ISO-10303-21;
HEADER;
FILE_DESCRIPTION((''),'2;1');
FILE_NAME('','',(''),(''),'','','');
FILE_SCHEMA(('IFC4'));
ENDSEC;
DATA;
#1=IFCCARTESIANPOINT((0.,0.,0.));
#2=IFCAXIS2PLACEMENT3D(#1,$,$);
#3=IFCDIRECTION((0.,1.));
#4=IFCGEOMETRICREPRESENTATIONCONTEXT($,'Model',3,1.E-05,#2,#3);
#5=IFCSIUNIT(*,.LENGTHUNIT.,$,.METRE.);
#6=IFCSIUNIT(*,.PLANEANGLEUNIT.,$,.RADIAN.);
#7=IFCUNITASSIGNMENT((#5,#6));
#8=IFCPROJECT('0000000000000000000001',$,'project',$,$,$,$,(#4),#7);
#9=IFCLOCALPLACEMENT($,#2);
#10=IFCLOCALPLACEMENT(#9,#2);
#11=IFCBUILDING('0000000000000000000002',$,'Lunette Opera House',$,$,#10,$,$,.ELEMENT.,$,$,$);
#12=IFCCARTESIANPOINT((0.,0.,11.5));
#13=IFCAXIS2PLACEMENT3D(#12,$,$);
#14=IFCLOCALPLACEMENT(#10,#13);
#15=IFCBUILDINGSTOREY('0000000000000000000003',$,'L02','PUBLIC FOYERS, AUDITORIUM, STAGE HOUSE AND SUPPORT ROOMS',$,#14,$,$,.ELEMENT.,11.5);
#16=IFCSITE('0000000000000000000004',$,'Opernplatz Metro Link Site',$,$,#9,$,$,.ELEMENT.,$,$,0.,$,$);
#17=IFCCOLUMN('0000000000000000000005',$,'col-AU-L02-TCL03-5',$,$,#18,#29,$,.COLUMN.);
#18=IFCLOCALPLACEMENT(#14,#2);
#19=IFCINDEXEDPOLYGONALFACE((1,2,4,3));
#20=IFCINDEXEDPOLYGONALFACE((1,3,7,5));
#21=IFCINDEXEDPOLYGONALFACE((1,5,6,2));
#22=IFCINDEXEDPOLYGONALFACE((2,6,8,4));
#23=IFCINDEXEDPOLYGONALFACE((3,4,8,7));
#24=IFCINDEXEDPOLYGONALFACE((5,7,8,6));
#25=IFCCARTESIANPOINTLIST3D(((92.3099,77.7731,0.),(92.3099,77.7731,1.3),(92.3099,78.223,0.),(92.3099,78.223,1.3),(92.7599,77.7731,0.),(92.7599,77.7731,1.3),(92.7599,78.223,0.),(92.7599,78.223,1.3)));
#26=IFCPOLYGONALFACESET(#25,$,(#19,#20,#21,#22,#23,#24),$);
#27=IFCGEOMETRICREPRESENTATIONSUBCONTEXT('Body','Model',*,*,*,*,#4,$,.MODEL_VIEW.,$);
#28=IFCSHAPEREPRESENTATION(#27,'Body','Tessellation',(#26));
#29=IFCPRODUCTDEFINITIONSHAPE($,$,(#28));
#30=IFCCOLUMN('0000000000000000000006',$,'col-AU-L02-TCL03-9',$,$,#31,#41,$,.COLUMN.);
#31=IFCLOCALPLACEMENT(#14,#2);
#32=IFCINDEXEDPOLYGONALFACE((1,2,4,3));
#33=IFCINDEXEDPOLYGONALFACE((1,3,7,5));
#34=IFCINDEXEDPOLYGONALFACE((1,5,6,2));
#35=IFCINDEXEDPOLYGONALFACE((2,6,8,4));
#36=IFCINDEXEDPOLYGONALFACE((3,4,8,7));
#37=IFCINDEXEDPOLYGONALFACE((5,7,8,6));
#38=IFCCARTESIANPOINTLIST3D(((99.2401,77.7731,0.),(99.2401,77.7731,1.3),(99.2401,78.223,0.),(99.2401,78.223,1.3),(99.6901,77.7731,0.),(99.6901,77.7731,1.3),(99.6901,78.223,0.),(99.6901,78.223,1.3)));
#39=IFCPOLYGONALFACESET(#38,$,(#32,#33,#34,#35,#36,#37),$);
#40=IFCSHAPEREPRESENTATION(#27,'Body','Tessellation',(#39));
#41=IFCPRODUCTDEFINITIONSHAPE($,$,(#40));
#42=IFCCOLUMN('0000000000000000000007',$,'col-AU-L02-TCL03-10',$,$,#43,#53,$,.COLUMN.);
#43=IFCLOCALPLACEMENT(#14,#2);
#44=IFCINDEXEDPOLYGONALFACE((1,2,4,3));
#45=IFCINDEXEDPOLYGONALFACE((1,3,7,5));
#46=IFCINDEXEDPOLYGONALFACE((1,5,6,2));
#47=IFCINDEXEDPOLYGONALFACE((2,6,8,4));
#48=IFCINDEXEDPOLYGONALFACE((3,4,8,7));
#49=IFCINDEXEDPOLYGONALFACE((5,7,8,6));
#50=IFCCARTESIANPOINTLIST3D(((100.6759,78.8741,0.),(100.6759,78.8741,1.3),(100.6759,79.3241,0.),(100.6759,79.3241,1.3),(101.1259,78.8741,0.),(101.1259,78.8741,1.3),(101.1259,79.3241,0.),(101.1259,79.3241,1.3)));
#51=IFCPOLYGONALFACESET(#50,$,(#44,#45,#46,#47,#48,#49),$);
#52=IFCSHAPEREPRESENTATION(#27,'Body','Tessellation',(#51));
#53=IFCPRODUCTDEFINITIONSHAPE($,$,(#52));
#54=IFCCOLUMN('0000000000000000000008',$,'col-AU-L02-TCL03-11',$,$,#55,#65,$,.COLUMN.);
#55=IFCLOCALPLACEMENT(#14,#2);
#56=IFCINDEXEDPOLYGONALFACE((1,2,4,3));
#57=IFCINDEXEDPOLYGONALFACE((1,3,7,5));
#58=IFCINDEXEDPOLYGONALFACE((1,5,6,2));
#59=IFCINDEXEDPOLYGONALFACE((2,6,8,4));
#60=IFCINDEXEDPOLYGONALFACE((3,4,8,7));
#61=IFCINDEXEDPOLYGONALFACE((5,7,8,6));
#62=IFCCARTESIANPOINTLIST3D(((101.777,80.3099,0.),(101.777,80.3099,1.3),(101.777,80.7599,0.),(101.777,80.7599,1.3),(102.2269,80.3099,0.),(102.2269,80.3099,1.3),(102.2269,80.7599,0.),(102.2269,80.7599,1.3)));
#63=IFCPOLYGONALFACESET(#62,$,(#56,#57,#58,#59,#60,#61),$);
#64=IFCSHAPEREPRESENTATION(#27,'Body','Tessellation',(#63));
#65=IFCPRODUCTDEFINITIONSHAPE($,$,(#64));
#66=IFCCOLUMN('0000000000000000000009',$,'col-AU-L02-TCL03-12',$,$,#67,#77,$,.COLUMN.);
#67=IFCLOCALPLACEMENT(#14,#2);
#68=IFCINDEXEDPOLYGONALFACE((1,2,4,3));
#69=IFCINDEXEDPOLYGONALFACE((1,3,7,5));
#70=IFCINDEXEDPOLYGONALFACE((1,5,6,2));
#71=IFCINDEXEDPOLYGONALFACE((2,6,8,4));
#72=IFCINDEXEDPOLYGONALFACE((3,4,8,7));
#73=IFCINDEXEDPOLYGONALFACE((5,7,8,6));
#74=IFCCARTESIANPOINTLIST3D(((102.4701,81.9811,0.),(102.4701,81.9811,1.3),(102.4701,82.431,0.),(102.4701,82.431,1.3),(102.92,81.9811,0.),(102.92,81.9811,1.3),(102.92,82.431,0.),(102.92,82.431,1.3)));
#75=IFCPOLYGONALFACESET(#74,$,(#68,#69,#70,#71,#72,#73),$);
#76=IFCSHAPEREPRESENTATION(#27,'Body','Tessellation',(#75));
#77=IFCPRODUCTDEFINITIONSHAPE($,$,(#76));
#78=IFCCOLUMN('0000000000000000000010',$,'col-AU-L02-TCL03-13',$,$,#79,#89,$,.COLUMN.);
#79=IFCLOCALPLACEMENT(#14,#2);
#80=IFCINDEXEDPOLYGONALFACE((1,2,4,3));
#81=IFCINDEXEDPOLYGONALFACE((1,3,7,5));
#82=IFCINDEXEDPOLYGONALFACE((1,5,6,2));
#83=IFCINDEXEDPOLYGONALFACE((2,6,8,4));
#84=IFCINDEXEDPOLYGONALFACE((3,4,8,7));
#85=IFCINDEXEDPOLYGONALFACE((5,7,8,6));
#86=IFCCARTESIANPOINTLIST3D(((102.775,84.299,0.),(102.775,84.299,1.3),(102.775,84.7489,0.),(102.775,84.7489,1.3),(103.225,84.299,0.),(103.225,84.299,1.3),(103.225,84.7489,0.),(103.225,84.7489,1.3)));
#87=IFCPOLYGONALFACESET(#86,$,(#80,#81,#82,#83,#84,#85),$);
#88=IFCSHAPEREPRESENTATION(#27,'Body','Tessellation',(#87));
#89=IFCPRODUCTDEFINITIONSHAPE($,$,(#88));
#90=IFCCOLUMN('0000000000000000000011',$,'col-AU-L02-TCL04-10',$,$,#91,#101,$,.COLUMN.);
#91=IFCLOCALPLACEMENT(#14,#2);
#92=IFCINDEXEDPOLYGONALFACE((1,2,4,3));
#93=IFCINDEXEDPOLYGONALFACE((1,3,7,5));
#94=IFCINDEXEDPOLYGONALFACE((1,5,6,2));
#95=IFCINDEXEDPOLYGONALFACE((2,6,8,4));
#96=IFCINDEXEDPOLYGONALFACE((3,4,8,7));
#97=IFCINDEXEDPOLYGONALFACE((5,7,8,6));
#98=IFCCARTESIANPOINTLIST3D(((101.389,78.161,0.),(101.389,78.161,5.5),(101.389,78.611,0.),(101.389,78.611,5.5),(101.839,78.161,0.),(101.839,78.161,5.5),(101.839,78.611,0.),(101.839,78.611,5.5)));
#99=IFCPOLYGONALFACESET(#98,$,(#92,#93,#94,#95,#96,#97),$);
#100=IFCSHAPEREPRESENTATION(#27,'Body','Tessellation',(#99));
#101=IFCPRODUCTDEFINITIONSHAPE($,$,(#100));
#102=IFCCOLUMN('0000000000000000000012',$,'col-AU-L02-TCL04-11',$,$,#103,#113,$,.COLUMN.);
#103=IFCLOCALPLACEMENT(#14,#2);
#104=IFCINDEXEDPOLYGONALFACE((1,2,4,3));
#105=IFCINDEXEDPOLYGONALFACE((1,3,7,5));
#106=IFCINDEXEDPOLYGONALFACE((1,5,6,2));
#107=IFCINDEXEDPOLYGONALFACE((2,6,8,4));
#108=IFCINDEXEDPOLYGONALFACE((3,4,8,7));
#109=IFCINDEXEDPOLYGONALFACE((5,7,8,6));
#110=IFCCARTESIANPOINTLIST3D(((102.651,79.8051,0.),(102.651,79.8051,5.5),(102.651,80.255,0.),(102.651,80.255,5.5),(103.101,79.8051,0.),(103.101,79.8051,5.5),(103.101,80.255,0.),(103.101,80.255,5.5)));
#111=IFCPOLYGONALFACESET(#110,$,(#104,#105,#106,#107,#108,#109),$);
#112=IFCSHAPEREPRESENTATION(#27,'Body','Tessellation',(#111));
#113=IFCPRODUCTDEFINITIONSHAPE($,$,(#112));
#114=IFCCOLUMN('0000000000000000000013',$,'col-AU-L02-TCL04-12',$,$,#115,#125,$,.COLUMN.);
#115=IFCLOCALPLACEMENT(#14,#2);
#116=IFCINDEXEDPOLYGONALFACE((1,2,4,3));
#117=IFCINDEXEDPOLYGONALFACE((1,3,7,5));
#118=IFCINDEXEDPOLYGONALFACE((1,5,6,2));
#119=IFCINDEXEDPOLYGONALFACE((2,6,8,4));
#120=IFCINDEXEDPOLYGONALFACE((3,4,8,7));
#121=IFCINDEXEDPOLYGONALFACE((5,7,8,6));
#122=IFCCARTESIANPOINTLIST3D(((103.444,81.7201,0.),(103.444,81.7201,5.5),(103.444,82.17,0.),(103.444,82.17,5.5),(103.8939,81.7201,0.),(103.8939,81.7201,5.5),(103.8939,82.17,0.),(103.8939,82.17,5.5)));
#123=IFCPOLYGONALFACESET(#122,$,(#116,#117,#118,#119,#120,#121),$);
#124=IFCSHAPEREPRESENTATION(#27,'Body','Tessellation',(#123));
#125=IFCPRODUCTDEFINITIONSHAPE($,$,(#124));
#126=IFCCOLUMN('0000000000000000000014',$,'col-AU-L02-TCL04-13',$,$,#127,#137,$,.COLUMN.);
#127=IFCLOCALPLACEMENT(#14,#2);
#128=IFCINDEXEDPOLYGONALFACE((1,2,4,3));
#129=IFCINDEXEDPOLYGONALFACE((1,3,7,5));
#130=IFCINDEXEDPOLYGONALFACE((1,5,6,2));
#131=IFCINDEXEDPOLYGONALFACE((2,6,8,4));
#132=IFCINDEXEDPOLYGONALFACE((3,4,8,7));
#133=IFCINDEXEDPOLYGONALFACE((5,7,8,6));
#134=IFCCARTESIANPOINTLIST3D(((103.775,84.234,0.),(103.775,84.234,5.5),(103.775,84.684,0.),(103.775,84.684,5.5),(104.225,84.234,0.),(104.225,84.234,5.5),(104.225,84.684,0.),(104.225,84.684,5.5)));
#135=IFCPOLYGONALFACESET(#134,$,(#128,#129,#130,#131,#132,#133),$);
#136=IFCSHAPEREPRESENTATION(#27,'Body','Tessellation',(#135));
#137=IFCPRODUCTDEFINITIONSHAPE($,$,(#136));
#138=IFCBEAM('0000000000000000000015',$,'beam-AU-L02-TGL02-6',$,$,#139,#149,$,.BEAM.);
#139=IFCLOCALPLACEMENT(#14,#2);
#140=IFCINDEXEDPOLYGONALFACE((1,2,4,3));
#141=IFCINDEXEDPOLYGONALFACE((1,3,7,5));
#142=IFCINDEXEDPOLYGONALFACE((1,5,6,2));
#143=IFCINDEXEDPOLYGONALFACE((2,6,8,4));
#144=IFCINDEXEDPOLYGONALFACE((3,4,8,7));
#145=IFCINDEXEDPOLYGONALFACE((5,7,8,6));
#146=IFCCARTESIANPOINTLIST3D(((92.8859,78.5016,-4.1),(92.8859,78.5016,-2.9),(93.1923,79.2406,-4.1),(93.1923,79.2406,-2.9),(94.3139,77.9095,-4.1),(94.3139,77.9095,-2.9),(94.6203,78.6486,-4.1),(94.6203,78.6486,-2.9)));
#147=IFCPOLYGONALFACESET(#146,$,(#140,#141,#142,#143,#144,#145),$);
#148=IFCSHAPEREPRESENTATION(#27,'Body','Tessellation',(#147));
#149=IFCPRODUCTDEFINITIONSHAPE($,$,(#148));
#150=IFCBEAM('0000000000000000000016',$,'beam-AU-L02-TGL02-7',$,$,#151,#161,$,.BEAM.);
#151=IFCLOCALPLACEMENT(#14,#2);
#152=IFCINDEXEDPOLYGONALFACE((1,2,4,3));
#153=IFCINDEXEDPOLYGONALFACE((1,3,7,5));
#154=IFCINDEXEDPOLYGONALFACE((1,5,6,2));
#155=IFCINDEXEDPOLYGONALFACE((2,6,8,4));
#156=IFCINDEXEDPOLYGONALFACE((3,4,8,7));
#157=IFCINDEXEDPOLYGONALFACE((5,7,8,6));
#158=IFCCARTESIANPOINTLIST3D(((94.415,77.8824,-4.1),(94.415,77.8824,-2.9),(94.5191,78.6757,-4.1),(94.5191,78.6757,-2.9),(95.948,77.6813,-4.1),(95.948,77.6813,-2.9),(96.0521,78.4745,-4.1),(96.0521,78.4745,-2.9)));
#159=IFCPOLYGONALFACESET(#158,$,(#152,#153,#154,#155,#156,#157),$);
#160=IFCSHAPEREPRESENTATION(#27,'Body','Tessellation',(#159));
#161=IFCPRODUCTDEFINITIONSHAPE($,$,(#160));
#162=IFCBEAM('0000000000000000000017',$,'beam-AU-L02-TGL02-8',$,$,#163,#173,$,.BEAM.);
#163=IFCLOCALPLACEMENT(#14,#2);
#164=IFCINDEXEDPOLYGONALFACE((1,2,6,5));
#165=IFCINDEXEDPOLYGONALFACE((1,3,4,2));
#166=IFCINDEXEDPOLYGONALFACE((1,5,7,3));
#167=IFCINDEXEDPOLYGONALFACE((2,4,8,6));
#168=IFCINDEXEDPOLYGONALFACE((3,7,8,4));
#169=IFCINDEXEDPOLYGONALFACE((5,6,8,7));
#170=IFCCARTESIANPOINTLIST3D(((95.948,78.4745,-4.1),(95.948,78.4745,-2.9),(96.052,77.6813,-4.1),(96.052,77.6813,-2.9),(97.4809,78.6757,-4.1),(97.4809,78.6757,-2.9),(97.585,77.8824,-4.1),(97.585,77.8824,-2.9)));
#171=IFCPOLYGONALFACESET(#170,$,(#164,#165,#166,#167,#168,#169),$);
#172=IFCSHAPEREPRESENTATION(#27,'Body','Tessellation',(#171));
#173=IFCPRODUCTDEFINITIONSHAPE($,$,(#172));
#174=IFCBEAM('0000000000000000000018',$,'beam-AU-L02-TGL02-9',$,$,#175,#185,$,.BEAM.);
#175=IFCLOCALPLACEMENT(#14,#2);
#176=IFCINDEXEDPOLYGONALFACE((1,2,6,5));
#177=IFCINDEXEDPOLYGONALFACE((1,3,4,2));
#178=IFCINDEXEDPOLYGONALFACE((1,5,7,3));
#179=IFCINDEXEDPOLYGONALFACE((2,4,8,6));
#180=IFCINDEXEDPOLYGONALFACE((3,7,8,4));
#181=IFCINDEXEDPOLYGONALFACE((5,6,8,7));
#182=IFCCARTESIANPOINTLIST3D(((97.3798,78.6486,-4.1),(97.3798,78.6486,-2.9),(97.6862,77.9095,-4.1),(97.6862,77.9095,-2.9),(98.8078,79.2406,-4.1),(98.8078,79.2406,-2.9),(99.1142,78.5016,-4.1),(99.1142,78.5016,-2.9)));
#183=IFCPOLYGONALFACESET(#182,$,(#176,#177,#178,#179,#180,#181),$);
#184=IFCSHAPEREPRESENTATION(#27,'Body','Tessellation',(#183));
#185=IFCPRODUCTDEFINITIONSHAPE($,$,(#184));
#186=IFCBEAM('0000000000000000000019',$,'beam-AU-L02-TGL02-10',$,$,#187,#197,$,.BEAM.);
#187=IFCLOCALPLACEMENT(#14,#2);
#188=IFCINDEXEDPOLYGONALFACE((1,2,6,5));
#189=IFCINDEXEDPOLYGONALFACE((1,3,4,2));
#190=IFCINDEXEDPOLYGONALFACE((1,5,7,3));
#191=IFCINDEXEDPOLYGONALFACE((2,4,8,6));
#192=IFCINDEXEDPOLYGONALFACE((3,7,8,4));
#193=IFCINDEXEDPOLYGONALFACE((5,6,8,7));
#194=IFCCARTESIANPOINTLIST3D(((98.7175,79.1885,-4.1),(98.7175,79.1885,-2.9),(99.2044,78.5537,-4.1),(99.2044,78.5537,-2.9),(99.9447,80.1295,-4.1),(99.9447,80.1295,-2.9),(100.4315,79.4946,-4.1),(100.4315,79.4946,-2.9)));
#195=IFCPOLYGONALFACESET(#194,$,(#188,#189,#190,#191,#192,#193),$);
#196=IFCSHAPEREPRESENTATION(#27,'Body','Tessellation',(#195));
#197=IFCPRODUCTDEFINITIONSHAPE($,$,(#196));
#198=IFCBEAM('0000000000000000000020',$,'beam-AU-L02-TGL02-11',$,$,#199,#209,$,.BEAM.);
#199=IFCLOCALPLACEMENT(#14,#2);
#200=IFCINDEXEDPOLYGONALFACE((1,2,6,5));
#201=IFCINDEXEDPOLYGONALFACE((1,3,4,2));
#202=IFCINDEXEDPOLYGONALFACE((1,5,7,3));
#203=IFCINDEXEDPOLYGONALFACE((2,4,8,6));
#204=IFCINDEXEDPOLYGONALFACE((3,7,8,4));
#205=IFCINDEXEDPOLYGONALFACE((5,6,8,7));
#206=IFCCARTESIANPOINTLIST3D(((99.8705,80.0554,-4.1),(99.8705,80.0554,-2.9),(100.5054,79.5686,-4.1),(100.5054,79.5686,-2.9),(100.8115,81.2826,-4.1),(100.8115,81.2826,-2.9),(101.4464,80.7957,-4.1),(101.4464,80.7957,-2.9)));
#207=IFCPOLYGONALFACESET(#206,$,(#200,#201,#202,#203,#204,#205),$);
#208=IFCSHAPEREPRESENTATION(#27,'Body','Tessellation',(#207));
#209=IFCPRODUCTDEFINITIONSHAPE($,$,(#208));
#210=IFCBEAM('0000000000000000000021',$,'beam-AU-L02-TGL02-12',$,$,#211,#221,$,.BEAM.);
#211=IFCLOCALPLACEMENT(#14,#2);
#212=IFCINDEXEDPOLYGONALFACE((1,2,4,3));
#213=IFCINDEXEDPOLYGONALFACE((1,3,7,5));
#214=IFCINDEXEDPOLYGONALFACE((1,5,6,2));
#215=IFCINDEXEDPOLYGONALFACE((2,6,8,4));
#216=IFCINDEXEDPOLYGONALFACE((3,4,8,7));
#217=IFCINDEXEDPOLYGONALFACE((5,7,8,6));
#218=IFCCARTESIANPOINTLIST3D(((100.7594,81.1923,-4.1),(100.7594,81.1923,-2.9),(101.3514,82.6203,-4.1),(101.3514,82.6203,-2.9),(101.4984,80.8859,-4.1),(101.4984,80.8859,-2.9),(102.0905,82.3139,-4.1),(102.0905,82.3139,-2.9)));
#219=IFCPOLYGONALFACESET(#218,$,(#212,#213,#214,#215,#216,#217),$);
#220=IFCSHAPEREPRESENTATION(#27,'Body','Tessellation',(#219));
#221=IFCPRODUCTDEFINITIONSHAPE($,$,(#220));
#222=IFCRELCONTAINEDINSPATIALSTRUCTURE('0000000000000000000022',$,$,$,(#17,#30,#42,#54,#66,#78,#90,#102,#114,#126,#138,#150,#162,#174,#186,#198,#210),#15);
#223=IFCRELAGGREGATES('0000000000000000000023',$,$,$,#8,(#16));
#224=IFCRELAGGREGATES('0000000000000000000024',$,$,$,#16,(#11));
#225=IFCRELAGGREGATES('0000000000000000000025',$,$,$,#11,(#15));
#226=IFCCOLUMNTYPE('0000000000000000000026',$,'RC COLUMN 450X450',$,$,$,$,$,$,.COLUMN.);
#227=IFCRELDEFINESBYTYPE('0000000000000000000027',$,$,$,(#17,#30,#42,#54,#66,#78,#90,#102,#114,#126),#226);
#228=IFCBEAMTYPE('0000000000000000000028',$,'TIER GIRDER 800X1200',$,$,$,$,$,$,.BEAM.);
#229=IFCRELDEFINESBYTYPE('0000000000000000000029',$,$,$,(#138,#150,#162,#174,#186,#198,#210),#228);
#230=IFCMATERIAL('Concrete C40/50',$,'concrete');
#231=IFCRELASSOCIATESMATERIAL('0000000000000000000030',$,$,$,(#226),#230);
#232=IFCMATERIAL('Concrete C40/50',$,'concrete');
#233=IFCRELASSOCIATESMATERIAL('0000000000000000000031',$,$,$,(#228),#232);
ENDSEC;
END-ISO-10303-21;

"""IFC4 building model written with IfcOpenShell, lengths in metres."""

from ifc_helpers import new_model, si_unit, direction, frame, origin, origin_2d, place, context, subcontext, project, spatial, rectangle, extrude, material, material_profile, profile_set, type_object, element, save


model = new_model("IFC4")

# Units and contexts
model_context = context("Model", 3, precision=1e-05, world=origin(), true_north=direction((0.0, 1.0)))
body_context = subcontext(model_context, "Body", "Model", "MODEL_VIEW")
ifc_project = project(units=[si_unit("LENGTHUNIT", "METRE"), si_unit("PLANEANGLEUNIT", "RADIAN")], contexts=[model_context])

# Site, building, storey
site_placement = place(None, origin())
site = spatial("IfcSite", under=ifc_project, at=site_placement, Name="Opernplatz Metro Link Site", CompositionType="ELEMENT", RefElevation=0.0)
building_placement = place(site_placement, origin())
building = spatial("IfcBuilding", under=site, at=building_placement, Name="Lunette Opera House", CompositionType="ELEMENT")
storey_placement = place(building_placement, frame((0.0, 0.0, 11.5)))
storey = spatial("IfcBuildingStorey", under=building, at=storey_placement, Name="L02", Description="PUBLIC FOYERS, AUDITORIUM, STAGE HOUSE AND SUPPORT ROOMS", CompositionType="ELEMENT", Elevation=11.5)

# Columns
ifc_material_1 = material(Name="Concrete C40/50", Category="concrete")
ifc_material_profile_1 = material_profile(ifc_material_1, rectangle(XDim=0.45, YDim=0.45, at=origin_2d()), Name="RC COLUMN 450X450")
ifc_profile_set_1 = profile_set([ifc_material_profile_1], Name="Concrete C40/50")
column_type = type_object("IfcColumnType", Name="RC COLUMN 450X450", PredefinedType="COLUMN", material=ifc_profile_set_1)
for number, where, z_axis, x_axis, name in (
    (1, (92.5349, 77.998, 0.0), (0.0, 0.0, 1.0), (1.0, 0.0, 0.0), "col-AU-L02-TCL03-5"),
    (2, (99.4651, 77.998, 0.0), (0.0, 0.0, 1.0), (1.0, 0.0, 0.0), "col-AU-L02-TCL03-9"),
    (3, (100.9009, 79.0991, 0.0), (0.0, 0.0, 1.0), (1.0, 0.0, 0.0), "col-AU-L02-TCL03-10"),
    (4, (102.002, 80.5349, 0.0), (0.0, 0.0, 1.0), (1.0, 0.0, 0.0), "col-AU-L02-TCL03-11"),
    (5, (102.6951, 82.2061, 0.0), (0.0, 0.0, 1.0), (1.0, 0.0, 0.0), "col-AU-L02-TCL03-12"),
    (6, (103.0, 84.5239, 0.0), (0.0, 0.0, 1.0), (1.0, 0.0, 0.0), "col-AU-L02-TCL03-13"),
):
    element("IfcColumn", number, at=place(storey_placement, frame(where, z_axis=z_axis, x_axis=x_axis)), inside=storey, type_object=column_type, Name=name, PredefinedType="COLUMN", context=body_context, shape_type="SweptSolid", body=[
        extrude(rectangle(XDim=0.45, YDim=0.45, at=origin_2d()), origin(), (0.0, 0.0, 1.0), 1.3),
    ])
for number, where, z_axis, x_axis, name in (
    (7, (101.614, 78.386, 0.0), (0.0, 0.0, 1.0), (1.0, 0.0, 0.0), "col-AU-L02-TCL04-10"),
    (8, (102.876, 80.03, 0.0), (0.0, 0.0, 1.0), (1.0, 0.0, 0.0), "col-AU-L02-TCL04-11"),
    (9, (103.6689, 81.9451, 0.0), (0.0, 0.0, 1.0), (1.0, 0.0, 0.0), "col-AU-L02-TCL04-12"),
    (10, (104.0, 84.459, 0.0), (0.0, 0.0, 1.0), (1.0, 0.0, 0.0), "col-AU-L02-TCL04-13"),
):
    element("IfcColumn", number, at=place(storey_placement, frame(where, z_axis=z_axis, x_axis=x_axis)), inside=storey, type_object=column_type, Name=name, PredefinedType="COLUMN", context=body_context, shape_type="SweptSolid", body=[
        extrude(rectangle(XDim=0.45, YDim=0.45, at=origin_2d()), origin(), (0.0, 0.0, 1.0), 5.5),
    ])

# Beams
ifc_material_2 = material(Name="Concrete C40/50", Category="concrete")
ifc_material_profile_2 = material_profile(ifc_material_2, rectangle(XDim=0.8, YDim=1.2, at=origin_2d()), Name="TIER GIRDER 800X1200")
ifc_profile_set_2 = profile_set([ifc_material_profile_2], Name="Concrete C40/50")
beam_type = type_object("IfcBeamType", Name="TIER GIRDER 800X1200", PredefinedType="BEAM", material=ifc_profile_set_2)
beam_1_placement = place(storey_placement, frame((93.0391, 78.8711, -3.5), z_axis=(0.923753, -0.382989, 0.0), x_axis=(0.382989, 0.923753, 0.0)))
element("IfcBeam", 11, at=beam_1_placement, inside=storey, type_object=beam_type, Name="beam-AU-L02-TGL02-6", PredefinedType="BEAM", context=body_context, shape_type="SweptSolid", body=[
    extrude(rectangle(XDim=0.8, YDim=1.2, at=origin_2d()), origin(), (0.0, 0.0, 1.0), 1.5459),
])
for number, where, z_axis, x_axis, name in (
    (12, (94.467, 78.2791, -3.5), (0.991499, -0.130115, 0.0), (0.130115, 0.991499, 0.0), "beam-AU-L02-TGL02-7"),
    (13, (96.0, 78.0779, -3.5), (0.991499, 0.130115, 0.0), (-0.130115, 0.991499, 0.0), "beam-AU-L02-TGL02-8"),
):
    element("IfcBeam", number, at=place(storey_placement, frame(where, z_axis=z_axis, x_axis=x_axis)), inside=storey, type_object=beam_type, Name=name, PredefinedType="BEAM", context=body_context, shape_type="SweptSolid", body=[
        extrude(rectangle(XDim=0.8, YDim=1.2, at=origin_2d()), origin(), (0.0, 0.0, 1.0), 1.5461),
    ])
beam_2_placement = place(storey_placement, frame((97.533, 78.2791, -3.5), z_axis=(0.923753, 0.382989, 0.0), x_axis=(-0.382989, 0.923753, 0.0)))
element("IfcBeam", 14, at=beam_2_placement, inside=storey, type_object=beam_type, Name="beam-AU-L02-TGL02-9", PredefinedType="BEAM", context=body_context, shape_type="SweptSolid", body=[
    extrude(rectangle(XDim=0.8, YDim=1.2, at=origin_2d()), origin(), (0.0, 0.0, 1.0), 1.5459),
])
for number, where, z_axis, x_axis, name in (
    (15, (98.9609, 78.8711, -3.5), (0.79355, 0.608504, 0.0), (-0.608504, 0.79355, 0.0), "beam-AU-L02-TGL02-10"),
    (16, (100.188, 79.812, -3.5), (0.608504, 0.79355, 0.0), (-0.79355, 0.608504, 0.0), "beam-AU-L02-TGL02-11"),
):
    element("IfcBeam", number, at=place(storey_placement, frame(where, z_axis=z_axis, x_axis=x_axis)), inside=storey, type_object=beam_type, Name=name, PredefinedType="BEAM", context=body_context, shape_type="SweptSolid", body=[
        extrude(rectangle(XDim=0.8, YDim=1.2, at=origin_2d()), origin(), (0.0, 0.0, 1.0), 1.5464),
    ])
beam_3_placement = place(storey_placement, frame((101.1289, 81.0391, -3.5), z_axis=(0.382989, 0.923753, 0.0), x_axis=(-0.923753, 0.382989, 0.0)))
element("IfcBeam", 17, at=beam_3_placement, inside=storey, type_object=beam_type, Name="beam-AU-L02-TGL02-12", PredefinedType="BEAM", context=body_context, shape_type="SweptSolid", body=[
    extrude(rectangle(XDim=0.8, YDim=1.2, at=origin_2d()), origin(), (0.0, 0.0, 1.0), 1.5459),
])

save(model, "model.ifc")
